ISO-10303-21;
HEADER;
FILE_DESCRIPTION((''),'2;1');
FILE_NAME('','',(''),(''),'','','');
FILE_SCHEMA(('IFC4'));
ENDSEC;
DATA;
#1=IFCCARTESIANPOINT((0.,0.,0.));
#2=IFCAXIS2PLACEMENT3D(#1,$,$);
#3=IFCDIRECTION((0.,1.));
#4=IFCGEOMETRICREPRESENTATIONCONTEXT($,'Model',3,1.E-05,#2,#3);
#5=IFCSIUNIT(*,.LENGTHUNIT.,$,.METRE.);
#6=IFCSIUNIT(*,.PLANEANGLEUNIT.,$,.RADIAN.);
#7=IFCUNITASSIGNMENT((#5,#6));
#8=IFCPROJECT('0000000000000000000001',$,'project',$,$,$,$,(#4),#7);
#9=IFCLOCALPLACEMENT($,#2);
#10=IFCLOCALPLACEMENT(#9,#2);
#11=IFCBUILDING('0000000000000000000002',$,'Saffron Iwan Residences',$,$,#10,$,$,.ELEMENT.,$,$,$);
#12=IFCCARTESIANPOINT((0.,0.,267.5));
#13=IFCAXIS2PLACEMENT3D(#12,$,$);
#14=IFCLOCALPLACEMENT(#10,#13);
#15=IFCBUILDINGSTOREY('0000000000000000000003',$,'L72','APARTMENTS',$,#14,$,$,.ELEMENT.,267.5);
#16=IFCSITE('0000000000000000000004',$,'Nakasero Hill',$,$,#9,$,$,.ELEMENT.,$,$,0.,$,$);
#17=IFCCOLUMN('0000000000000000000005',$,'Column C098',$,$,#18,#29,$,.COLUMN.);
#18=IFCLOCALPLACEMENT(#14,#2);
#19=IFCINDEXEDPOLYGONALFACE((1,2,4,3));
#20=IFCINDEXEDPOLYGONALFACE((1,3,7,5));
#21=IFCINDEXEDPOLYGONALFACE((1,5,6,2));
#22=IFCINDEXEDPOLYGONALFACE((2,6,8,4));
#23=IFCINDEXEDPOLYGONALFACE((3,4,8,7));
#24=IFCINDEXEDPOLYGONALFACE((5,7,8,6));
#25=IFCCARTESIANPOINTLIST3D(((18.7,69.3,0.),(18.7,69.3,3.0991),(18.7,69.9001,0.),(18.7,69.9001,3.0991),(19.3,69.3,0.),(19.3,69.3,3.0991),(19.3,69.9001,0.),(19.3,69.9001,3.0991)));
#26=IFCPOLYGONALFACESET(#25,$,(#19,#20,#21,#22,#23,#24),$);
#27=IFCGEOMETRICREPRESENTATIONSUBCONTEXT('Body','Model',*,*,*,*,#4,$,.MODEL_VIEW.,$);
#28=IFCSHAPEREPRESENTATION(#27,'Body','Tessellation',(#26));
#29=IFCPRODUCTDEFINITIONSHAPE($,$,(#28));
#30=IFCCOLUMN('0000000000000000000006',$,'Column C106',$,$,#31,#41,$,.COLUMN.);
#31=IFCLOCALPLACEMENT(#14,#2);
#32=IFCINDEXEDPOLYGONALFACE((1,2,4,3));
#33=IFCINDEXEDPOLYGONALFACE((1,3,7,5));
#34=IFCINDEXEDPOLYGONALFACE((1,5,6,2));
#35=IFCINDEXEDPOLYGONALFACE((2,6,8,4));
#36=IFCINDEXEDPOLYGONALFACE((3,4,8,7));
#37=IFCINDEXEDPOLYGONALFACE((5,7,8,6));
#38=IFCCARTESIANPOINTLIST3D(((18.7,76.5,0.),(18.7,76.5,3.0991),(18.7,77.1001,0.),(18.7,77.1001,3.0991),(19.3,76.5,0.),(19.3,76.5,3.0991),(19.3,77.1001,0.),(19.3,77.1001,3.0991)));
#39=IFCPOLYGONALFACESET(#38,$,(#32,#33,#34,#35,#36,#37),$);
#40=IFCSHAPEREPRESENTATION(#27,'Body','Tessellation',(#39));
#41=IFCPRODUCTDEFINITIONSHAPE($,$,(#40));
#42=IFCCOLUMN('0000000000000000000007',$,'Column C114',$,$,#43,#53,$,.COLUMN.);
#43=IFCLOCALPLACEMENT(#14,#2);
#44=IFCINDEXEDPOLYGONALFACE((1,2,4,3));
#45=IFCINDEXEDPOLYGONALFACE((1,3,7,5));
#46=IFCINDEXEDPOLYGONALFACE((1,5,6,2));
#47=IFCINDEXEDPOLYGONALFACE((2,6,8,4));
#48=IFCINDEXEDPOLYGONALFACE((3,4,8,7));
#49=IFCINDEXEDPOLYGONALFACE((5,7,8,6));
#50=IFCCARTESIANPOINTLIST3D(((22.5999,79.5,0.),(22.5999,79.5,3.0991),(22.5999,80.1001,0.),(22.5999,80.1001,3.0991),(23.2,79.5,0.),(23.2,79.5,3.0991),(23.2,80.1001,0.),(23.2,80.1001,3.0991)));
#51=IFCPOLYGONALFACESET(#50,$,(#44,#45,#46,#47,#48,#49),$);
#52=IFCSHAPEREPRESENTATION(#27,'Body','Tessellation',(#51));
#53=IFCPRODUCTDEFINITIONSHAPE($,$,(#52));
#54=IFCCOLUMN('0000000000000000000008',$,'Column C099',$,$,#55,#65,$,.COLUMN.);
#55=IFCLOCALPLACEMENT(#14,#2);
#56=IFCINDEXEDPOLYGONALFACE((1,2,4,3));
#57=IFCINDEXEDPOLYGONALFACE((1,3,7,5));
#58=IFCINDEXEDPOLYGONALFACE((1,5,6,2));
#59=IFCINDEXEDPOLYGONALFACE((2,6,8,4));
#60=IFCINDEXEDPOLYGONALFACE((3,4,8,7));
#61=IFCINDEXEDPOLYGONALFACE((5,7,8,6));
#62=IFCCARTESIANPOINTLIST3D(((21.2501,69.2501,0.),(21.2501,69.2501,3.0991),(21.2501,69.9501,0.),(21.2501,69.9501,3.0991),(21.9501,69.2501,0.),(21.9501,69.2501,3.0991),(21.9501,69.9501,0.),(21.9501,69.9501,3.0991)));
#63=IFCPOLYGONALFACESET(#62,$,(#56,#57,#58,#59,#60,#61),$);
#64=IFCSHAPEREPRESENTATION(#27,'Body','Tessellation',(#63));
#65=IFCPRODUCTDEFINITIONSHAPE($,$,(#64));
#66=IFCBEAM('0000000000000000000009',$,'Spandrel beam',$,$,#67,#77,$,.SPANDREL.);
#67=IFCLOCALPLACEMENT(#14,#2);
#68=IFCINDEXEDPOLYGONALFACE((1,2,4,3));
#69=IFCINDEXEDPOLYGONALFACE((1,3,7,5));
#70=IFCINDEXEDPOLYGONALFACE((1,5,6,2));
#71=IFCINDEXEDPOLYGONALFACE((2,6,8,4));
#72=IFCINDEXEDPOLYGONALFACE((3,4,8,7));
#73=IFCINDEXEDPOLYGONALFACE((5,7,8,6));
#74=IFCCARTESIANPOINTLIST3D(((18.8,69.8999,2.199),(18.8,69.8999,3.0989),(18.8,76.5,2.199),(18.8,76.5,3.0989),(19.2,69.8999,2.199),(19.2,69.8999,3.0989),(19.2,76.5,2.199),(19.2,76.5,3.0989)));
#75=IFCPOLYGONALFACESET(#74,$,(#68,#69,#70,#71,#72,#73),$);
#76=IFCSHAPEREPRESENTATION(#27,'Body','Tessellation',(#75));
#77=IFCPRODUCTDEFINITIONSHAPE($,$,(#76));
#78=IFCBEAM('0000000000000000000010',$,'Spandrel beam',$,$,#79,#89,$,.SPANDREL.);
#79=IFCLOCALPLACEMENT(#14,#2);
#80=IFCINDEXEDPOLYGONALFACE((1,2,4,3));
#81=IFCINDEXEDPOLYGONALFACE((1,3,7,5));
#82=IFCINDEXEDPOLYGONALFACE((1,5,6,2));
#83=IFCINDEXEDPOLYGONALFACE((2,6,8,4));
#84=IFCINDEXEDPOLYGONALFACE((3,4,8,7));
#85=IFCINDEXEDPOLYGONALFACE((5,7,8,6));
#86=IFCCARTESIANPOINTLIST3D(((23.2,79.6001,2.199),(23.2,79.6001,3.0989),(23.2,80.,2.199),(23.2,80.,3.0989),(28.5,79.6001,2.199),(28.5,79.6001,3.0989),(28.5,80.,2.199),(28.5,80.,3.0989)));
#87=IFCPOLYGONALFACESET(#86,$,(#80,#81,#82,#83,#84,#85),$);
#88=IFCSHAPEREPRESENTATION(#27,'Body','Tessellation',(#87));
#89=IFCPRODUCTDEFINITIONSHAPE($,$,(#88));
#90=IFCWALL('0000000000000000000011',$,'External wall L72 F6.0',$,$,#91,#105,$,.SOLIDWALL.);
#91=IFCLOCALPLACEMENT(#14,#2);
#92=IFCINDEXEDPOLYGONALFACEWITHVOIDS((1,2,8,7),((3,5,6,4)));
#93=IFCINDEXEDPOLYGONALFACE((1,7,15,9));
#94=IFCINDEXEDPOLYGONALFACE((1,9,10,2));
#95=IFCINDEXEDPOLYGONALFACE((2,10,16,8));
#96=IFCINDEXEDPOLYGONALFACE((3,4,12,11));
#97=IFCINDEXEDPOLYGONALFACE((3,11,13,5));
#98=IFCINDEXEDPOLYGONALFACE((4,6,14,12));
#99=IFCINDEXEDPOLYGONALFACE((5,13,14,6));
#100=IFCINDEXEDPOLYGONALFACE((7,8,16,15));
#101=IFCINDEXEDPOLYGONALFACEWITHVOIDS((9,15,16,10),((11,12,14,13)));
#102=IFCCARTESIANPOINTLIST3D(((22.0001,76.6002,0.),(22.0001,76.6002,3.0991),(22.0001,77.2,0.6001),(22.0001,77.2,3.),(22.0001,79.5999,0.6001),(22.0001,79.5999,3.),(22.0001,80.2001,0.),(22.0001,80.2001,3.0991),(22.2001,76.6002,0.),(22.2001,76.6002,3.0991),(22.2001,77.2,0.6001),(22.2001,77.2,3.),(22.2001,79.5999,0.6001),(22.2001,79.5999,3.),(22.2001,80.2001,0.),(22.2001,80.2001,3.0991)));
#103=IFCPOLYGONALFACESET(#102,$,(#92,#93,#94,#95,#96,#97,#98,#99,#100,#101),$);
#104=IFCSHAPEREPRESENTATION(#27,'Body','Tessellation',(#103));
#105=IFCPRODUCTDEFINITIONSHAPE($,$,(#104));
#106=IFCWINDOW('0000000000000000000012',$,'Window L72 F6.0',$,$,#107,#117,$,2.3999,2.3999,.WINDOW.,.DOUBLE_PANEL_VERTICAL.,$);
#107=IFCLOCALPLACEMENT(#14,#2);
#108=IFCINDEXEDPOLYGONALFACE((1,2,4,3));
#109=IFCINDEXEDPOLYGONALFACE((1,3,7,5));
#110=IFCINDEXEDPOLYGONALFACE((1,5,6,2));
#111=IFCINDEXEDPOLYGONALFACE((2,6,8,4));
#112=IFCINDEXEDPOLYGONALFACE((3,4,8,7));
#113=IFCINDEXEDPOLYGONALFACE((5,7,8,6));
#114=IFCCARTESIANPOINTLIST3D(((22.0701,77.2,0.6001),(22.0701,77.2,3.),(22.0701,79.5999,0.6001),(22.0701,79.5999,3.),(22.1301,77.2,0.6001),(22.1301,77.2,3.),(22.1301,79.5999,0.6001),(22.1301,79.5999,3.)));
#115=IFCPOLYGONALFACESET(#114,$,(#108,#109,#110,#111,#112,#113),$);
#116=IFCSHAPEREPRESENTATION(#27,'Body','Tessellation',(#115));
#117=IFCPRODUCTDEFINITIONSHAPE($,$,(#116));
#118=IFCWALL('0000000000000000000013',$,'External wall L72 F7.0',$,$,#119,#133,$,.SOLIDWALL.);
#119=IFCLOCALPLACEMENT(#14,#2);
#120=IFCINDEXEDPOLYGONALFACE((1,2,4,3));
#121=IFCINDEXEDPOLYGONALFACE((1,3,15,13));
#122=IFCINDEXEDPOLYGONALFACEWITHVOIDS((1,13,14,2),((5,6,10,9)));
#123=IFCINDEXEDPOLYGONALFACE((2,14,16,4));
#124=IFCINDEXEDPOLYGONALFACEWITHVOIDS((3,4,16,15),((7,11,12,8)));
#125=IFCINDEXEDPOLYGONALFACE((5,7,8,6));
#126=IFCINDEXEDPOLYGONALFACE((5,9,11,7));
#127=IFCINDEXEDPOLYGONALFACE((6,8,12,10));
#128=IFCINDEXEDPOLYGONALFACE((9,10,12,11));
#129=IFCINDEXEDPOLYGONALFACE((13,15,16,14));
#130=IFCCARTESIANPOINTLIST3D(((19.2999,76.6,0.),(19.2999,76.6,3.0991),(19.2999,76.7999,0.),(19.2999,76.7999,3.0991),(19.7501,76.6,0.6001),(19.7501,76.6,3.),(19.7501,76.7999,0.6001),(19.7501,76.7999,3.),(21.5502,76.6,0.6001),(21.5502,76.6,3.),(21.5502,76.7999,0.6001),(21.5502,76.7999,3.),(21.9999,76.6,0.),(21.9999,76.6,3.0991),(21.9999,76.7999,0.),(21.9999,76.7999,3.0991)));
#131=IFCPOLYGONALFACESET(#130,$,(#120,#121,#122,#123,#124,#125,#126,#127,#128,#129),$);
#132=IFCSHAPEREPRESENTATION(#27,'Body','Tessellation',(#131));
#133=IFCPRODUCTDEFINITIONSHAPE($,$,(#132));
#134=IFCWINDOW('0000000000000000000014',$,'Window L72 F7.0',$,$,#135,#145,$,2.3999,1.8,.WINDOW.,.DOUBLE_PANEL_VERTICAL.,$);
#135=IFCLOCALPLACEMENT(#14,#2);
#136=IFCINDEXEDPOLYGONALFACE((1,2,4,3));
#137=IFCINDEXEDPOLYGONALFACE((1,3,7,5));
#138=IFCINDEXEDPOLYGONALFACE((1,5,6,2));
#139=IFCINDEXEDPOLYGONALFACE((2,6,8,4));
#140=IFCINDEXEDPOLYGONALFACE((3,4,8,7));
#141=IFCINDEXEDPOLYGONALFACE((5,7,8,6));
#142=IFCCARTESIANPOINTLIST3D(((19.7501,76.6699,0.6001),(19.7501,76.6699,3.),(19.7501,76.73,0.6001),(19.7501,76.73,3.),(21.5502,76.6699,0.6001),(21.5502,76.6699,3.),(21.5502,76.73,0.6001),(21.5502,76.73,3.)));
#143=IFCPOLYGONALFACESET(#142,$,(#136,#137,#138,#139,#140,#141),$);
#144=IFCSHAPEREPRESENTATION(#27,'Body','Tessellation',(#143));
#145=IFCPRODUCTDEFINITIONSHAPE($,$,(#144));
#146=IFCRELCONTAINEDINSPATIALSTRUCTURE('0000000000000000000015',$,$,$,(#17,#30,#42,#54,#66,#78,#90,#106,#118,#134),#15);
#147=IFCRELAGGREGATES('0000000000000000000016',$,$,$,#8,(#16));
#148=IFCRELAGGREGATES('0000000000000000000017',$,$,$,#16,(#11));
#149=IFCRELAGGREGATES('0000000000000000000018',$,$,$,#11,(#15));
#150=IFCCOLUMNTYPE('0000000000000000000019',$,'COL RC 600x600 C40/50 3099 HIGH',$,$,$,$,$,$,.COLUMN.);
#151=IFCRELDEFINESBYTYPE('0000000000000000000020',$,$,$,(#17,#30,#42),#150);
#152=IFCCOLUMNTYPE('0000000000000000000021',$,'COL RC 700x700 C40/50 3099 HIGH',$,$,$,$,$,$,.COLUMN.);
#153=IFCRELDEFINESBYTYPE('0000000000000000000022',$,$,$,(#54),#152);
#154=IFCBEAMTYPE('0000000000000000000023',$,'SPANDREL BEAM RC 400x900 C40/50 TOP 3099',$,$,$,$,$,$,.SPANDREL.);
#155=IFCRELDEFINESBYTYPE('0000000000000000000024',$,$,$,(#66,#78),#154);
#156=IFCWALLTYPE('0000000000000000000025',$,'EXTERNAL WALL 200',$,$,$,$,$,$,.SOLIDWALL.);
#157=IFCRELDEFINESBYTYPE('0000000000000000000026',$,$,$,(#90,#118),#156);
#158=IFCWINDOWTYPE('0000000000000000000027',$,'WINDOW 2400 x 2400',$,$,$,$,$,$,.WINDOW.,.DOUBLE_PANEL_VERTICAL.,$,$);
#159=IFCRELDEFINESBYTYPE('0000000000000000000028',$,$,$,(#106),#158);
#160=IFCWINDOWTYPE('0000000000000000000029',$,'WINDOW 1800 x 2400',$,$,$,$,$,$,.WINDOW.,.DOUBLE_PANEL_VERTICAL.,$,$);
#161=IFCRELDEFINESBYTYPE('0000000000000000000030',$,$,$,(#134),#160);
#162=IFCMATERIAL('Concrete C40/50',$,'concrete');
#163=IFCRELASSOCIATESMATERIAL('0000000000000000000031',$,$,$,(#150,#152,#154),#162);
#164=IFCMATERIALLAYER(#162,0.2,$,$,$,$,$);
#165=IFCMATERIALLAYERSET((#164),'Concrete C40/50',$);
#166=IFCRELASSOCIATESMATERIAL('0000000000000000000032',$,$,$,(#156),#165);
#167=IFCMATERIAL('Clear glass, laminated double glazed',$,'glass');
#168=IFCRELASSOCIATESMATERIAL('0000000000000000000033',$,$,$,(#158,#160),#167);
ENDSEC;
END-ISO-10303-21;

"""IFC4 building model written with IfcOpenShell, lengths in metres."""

from ifc_helpers import new_model, si_unit, direction, frame, frame_2d, origin, origin_2d, place, context, subcontext, project, spatial, rectangle, extrude, source, transform, mapped, material, layer, layer_set, material_profile, profile_set, type_object, element, fill, save


model = new_model("IFC4")

# Units and contexts
model_context = context("Model", 3, precision=1e-05, world=origin(), true_north=direction((0.0, 1.0)))
body_context = subcontext(model_context, "Body", "Model", "MODEL_VIEW")
ifc_project = project(units=[si_unit("LENGTHUNIT", "METRE"), si_unit("PLANEANGLEUNIT", "RADIAN")], contexts=[model_context])

# Site, building, storey
site_placement = place(None, origin())
site = spatial("IfcSite", under=ifc_project, at=site_placement, Name="Nakasero Hill", CompositionType="ELEMENT", RefElevation=0.0)
building_placement = place(site_placement, origin())
building = spatial("IfcBuilding", under=site, at=building_placement, Name="Saffron Iwan Residences", CompositionType="ELEMENT")
storey_placement = place(building_placement, frame((0.0, 0.0, 267.5)))
storey = spatial("IfcBuildingStorey", under=building, at=storey_placement, Name="L72", Description="APARTMENTS", CompositionType="ELEMENT", Elevation=267.5)

# Columns
ifc_material_1 = material(Name="Concrete C40/50", Category="concrete")
ifc_material_profile_1 = material_profile(ifc_material_1, rectangle(XDim=0.6001, YDim=0.6001, at=origin_2d()), Name="RC 600x600")
ifc_profile_set_1 = profile_set([ifc_material_profile_1], Name="Concrete C40/50")
column_type_1 = type_object("IfcColumnType", Name="COL RC 600x600 C40/50 3099 HIGH", PredefinedType="COLUMN", material=ifc_profile_set_1)
shared_shape_1 = source(origin(), body_context, "Body", "SweptSolid", [
    extrude(rectangle(XDim=0.6001, YDim=0.6001, at=origin_2d()), origin(), (0.0, 0.0, 1.0), 3.0991),
])
for number, where, z_axis, x_axis, name in (
    (1, (19.0, 69.6001, 0.0), (0.0, 0.0, 1.0), (1.0, 0.0, 0.0), "Column C098"),
    (2, (19.0, 76.8, 0.0), (0.0, 0.0, 1.0), (1.0, 0.0, 0.0), "Column C106"),
    (3, (22.8999, 79.8, 0.0), (0.0, 0.0, 1.0), (1.0, 0.0, 0.0), "Column C114"),
):
    element("IfcColumn", number, at=place(storey_placement, frame(where, z_axis=z_axis, x_axis=x_axis)), inside=storey, type_object=column_type_1, Name=name, PredefinedType="COLUMN", context=body_context, shape_type="MappedRepresentation", body=[
        mapped(shared_shape_1, transform((0.0, 0.0, 0.0))),
    ])
ifc_material_profile_2 = material_profile(ifc_material_1, rectangle(XDim=0.7, YDim=0.7, at=origin_2d()), Name="RC 700x700")
ifc_profile_set_2 = profile_set([ifc_material_profile_2], Name="Concrete C40/50")
column_type_2 = type_object("IfcColumnType", Name="COL RC 700x700 C40/50 3099 HIGH", PredefinedType="COLUMN", material=ifc_profile_set_2)
shared_shape_2 = source(origin(), body_context, "Body", "SweptSolid", [
    extrude(rectangle(XDim=0.7, YDim=0.7, at=origin_2d()), origin(), (0.0, 0.0, 1.0), 3.0991),
])
column_placement = place(storey_placement, frame((21.6001, 69.6001, 0.0), z_axis=(0.0, 0.0, 1.0), x_axis=(1.0, 0.0, 0.0)))
element("IfcColumn", 4, at=column_placement, inside=storey, type_object=column_type_2, Name="Column C099", PredefinedType="COLUMN", context=body_context, shape_type="MappedRepresentation", body=[
    mapped(shared_shape_2, transform((0.0, 0.0, 0.0))),
])

# Beams
ifc_material_profile_3 = material_profile(ifc_material_1, rectangle(XDim=0.3999, YDim=0.8999, at=origin_2d()), Name="RC 400x900")
ifc_profile_set_3 = profile_set([ifc_material_profile_3], Name="Concrete C40/50")
beam_type = type_object("IfcBeamType", Name="SPANDREL BEAM RC 400x900 C40/50 TOP 3099", PredefinedType="SPANDREL", material=ifc_profile_set_3)
shared_shape_3 = source(origin(), body_context, "Body", "SweptSolid", [
    extrude(rectangle(XDim=0.3999, YDim=0.8999, at=origin_2d()), origin(), (0.0, 0.0, 1.0), 6.6001),
])
beam_1_placement = place(storey_placement, frame((19.0, 69.8999, 2.6489), z_axis=(0.0, 1.0, 0.0), x_axis=(-1.0, 0.0, 0.0)))
element("IfcBeam", 5, at=beam_1_placement, inside=storey, type_object=beam_type, Name="Spandrel beam", PredefinedType="SPANDREL", context=body_context, shape_type="MappedRepresentation", body=[
    mapped(shared_shape_3, transform((0.0, 0.0, 0.0))),
])
shared_shape_4 = source(origin(), body_context, "Body", "SweptSolid", [
    extrude(rectangle(XDim=0.3999, YDim=0.8999, at=origin_2d()), origin(), (0.0, 0.0, 1.0), 5.3),
])
beam_2_placement = place(storey_placement, frame((23.2, 79.8, 2.6489), z_axis=(1.0, 0.0, 0.0), x_axis=(0.0, 1.0, 0.0)))
element("IfcBeam", 6, at=beam_2_placement, inside=storey, type_object=beam_type, Name="Spandrel beam", PredefinedType="SPANDREL", context=body_context, shape_type="MappedRepresentation", body=[
    mapped(shared_shape_4, transform((0.0, 0.0, 0.0))),
])

# Walls, openings, windows
ifc_layer_1 = layer(ifc_material_1, 0.2)
ifc_layer_set_1 = layer_set([ifc_layer_1], Name="Concrete C40/50")
wall_type_1 = type_object("IfcWallType", Name="EXTERNAL WALL 200", PredefinedType="SOLIDWALL", material=ifc_layer_set_1)
wall_1_placement = place(storey_placement, frame((22.1001, 80.2, 0.0), z_axis=(0.0, 0.0, 1.0), x_axis=(0.0, -1.0, 0.0)))
wall_1 = element("IfcWall", 7, at=wall_1_placement, inside=storey, type_object=wall_type_1, Name="External wall L72 F6.0", PredefinedType="SOLIDWALL", context=body_context, shape_type="SweptSolid", body=[
    extrude(rectangle(XDim=3.5999, YDim=0.2, at=frame_2d((1.7998, 0.0))), origin(), (0.0, 0.0, 1.0), 3.0991),
])
opening_1_placement = place(wall_1_placement, frame((0.6001, 0.0, 0.6001)))
opening_1 = element("IfcOpeningElement", 8, at=opening_1_placement, cuts=wall_1, PredefinedType="OPENING", context=body_context, shape_type="SweptSolid", body=[
    extrude(rectangle(XDim=2.3999, YDim=2.3999, at=frame_2d((1.2, 1.2))), frame((0.0, 0.1099, 0.0), z_axis=(0.0, -1.0, 0.0), x_axis=(1.0, 0.0, 0.0)), (0.0, 0.0, 1.0), 0.22),
])
ifc_material_2 = material(Name="Clear glass, laminated double glazed", Category="glass")
window_type_1 = type_object("IfcWindowType", Name="WINDOW 2400 x 2400", PartitioningType="DOUBLE_PANEL_VERTICAL", PredefinedType="WINDOW", material=ifc_material_2)
window_1_placement = place(opening_1_placement, origin())
window_1 = element("IfcWindow", 9, at=window_1_placement, inside=storey, type_object=window_type_1, Name="Window L72 F6.0", OverallHeight=2.3999, OverallWidth=2.3999, PartitioningType="DOUBLE_PANEL_VERTICAL", PredefinedType="WINDOW", context=body_context, shape_type="SweptSolid", body=[
    extrude(rectangle(XDim=2.3999, YDim=2.3999, at=frame_2d((1.2, 1.2))), frame((0.0, 0.03, 0.0), z_axis=(0.0, -1.0, 0.0), x_axis=(1.0, 0.0, 0.0)), (0.0, 0.0, 1.0), 0.0601),
])
fill(opening_1, window_1)
wall_2_placement = place(storey_placement, frame((22.0, 76.7, 0.0), z_axis=(0.0, 0.0, 1.0), x_axis=(-1.0, 0.0, 0.0)))
wall_2 = element("IfcWall", 10, at=wall_2_placement, inside=storey, type_object=wall_type_1, Name="External wall L72 F7.0", PredefinedType="SOLIDWALL", context=body_context, shape_type="SweptSolid", body=[
    extrude(rectangle(XDim=2.7, YDim=0.2, at=frame_2d((1.3501, 0.0))), origin(), (0.0, 0.0, 1.0), 3.0991),
])
opening_2_placement = place(wall_2_placement, frame((0.45, 0.0, 0.6001)))
opening_2 = element("IfcOpeningElement", 11, at=opening_2_placement, cuts=wall_2, PredefinedType="OPENING", context=body_context, shape_type="SweptSolid", body=[
    extrude(rectangle(XDim=1.8, YDim=2.3999, at=frame_2d((0.8999, 1.2))), frame((0.0, 0.1099, 0.0), z_axis=(0.0, -1.0, 0.0), x_axis=(1.0, 0.0, 0.0)), (0.0, 0.0, 1.0), 0.22),
])
window_type_2 = type_object("IfcWindowType", Name="WINDOW 1800 x 2400", PartitioningType="DOUBLE_PANEL_VERTICAL", PredefinedType="WINDOW", material=ifc_material_2)
window_2_placement = place(opening_2_placement, origin())
window_2 = element("IfcWindow", 12, at=window_2_placement, inside=storey, type_object=window_type_2, Name="Window L72 F7.0", OverallHeight=2.3999, OverallWidth=1.8, PartitioningType="DOUBLE_PANEL_VERTICAL", PredefinedType="WINDOW", context=body_context, shape_type="SweptSolid", body=[
    extrude(rectangle(XDim=1.8, YDim=2.3999, at=frame_2d((0.8999, 1.2))), frame((0.0, 0.03, 0.0), z_axis=(0.0, -1.0, 0.0), x_axis=(1.0, 0.0, 0.0)), (0.0, 0.0, 1.0), 0.0601),
])
fill(opening_2, window_2)

save(model, "model.ifc")
